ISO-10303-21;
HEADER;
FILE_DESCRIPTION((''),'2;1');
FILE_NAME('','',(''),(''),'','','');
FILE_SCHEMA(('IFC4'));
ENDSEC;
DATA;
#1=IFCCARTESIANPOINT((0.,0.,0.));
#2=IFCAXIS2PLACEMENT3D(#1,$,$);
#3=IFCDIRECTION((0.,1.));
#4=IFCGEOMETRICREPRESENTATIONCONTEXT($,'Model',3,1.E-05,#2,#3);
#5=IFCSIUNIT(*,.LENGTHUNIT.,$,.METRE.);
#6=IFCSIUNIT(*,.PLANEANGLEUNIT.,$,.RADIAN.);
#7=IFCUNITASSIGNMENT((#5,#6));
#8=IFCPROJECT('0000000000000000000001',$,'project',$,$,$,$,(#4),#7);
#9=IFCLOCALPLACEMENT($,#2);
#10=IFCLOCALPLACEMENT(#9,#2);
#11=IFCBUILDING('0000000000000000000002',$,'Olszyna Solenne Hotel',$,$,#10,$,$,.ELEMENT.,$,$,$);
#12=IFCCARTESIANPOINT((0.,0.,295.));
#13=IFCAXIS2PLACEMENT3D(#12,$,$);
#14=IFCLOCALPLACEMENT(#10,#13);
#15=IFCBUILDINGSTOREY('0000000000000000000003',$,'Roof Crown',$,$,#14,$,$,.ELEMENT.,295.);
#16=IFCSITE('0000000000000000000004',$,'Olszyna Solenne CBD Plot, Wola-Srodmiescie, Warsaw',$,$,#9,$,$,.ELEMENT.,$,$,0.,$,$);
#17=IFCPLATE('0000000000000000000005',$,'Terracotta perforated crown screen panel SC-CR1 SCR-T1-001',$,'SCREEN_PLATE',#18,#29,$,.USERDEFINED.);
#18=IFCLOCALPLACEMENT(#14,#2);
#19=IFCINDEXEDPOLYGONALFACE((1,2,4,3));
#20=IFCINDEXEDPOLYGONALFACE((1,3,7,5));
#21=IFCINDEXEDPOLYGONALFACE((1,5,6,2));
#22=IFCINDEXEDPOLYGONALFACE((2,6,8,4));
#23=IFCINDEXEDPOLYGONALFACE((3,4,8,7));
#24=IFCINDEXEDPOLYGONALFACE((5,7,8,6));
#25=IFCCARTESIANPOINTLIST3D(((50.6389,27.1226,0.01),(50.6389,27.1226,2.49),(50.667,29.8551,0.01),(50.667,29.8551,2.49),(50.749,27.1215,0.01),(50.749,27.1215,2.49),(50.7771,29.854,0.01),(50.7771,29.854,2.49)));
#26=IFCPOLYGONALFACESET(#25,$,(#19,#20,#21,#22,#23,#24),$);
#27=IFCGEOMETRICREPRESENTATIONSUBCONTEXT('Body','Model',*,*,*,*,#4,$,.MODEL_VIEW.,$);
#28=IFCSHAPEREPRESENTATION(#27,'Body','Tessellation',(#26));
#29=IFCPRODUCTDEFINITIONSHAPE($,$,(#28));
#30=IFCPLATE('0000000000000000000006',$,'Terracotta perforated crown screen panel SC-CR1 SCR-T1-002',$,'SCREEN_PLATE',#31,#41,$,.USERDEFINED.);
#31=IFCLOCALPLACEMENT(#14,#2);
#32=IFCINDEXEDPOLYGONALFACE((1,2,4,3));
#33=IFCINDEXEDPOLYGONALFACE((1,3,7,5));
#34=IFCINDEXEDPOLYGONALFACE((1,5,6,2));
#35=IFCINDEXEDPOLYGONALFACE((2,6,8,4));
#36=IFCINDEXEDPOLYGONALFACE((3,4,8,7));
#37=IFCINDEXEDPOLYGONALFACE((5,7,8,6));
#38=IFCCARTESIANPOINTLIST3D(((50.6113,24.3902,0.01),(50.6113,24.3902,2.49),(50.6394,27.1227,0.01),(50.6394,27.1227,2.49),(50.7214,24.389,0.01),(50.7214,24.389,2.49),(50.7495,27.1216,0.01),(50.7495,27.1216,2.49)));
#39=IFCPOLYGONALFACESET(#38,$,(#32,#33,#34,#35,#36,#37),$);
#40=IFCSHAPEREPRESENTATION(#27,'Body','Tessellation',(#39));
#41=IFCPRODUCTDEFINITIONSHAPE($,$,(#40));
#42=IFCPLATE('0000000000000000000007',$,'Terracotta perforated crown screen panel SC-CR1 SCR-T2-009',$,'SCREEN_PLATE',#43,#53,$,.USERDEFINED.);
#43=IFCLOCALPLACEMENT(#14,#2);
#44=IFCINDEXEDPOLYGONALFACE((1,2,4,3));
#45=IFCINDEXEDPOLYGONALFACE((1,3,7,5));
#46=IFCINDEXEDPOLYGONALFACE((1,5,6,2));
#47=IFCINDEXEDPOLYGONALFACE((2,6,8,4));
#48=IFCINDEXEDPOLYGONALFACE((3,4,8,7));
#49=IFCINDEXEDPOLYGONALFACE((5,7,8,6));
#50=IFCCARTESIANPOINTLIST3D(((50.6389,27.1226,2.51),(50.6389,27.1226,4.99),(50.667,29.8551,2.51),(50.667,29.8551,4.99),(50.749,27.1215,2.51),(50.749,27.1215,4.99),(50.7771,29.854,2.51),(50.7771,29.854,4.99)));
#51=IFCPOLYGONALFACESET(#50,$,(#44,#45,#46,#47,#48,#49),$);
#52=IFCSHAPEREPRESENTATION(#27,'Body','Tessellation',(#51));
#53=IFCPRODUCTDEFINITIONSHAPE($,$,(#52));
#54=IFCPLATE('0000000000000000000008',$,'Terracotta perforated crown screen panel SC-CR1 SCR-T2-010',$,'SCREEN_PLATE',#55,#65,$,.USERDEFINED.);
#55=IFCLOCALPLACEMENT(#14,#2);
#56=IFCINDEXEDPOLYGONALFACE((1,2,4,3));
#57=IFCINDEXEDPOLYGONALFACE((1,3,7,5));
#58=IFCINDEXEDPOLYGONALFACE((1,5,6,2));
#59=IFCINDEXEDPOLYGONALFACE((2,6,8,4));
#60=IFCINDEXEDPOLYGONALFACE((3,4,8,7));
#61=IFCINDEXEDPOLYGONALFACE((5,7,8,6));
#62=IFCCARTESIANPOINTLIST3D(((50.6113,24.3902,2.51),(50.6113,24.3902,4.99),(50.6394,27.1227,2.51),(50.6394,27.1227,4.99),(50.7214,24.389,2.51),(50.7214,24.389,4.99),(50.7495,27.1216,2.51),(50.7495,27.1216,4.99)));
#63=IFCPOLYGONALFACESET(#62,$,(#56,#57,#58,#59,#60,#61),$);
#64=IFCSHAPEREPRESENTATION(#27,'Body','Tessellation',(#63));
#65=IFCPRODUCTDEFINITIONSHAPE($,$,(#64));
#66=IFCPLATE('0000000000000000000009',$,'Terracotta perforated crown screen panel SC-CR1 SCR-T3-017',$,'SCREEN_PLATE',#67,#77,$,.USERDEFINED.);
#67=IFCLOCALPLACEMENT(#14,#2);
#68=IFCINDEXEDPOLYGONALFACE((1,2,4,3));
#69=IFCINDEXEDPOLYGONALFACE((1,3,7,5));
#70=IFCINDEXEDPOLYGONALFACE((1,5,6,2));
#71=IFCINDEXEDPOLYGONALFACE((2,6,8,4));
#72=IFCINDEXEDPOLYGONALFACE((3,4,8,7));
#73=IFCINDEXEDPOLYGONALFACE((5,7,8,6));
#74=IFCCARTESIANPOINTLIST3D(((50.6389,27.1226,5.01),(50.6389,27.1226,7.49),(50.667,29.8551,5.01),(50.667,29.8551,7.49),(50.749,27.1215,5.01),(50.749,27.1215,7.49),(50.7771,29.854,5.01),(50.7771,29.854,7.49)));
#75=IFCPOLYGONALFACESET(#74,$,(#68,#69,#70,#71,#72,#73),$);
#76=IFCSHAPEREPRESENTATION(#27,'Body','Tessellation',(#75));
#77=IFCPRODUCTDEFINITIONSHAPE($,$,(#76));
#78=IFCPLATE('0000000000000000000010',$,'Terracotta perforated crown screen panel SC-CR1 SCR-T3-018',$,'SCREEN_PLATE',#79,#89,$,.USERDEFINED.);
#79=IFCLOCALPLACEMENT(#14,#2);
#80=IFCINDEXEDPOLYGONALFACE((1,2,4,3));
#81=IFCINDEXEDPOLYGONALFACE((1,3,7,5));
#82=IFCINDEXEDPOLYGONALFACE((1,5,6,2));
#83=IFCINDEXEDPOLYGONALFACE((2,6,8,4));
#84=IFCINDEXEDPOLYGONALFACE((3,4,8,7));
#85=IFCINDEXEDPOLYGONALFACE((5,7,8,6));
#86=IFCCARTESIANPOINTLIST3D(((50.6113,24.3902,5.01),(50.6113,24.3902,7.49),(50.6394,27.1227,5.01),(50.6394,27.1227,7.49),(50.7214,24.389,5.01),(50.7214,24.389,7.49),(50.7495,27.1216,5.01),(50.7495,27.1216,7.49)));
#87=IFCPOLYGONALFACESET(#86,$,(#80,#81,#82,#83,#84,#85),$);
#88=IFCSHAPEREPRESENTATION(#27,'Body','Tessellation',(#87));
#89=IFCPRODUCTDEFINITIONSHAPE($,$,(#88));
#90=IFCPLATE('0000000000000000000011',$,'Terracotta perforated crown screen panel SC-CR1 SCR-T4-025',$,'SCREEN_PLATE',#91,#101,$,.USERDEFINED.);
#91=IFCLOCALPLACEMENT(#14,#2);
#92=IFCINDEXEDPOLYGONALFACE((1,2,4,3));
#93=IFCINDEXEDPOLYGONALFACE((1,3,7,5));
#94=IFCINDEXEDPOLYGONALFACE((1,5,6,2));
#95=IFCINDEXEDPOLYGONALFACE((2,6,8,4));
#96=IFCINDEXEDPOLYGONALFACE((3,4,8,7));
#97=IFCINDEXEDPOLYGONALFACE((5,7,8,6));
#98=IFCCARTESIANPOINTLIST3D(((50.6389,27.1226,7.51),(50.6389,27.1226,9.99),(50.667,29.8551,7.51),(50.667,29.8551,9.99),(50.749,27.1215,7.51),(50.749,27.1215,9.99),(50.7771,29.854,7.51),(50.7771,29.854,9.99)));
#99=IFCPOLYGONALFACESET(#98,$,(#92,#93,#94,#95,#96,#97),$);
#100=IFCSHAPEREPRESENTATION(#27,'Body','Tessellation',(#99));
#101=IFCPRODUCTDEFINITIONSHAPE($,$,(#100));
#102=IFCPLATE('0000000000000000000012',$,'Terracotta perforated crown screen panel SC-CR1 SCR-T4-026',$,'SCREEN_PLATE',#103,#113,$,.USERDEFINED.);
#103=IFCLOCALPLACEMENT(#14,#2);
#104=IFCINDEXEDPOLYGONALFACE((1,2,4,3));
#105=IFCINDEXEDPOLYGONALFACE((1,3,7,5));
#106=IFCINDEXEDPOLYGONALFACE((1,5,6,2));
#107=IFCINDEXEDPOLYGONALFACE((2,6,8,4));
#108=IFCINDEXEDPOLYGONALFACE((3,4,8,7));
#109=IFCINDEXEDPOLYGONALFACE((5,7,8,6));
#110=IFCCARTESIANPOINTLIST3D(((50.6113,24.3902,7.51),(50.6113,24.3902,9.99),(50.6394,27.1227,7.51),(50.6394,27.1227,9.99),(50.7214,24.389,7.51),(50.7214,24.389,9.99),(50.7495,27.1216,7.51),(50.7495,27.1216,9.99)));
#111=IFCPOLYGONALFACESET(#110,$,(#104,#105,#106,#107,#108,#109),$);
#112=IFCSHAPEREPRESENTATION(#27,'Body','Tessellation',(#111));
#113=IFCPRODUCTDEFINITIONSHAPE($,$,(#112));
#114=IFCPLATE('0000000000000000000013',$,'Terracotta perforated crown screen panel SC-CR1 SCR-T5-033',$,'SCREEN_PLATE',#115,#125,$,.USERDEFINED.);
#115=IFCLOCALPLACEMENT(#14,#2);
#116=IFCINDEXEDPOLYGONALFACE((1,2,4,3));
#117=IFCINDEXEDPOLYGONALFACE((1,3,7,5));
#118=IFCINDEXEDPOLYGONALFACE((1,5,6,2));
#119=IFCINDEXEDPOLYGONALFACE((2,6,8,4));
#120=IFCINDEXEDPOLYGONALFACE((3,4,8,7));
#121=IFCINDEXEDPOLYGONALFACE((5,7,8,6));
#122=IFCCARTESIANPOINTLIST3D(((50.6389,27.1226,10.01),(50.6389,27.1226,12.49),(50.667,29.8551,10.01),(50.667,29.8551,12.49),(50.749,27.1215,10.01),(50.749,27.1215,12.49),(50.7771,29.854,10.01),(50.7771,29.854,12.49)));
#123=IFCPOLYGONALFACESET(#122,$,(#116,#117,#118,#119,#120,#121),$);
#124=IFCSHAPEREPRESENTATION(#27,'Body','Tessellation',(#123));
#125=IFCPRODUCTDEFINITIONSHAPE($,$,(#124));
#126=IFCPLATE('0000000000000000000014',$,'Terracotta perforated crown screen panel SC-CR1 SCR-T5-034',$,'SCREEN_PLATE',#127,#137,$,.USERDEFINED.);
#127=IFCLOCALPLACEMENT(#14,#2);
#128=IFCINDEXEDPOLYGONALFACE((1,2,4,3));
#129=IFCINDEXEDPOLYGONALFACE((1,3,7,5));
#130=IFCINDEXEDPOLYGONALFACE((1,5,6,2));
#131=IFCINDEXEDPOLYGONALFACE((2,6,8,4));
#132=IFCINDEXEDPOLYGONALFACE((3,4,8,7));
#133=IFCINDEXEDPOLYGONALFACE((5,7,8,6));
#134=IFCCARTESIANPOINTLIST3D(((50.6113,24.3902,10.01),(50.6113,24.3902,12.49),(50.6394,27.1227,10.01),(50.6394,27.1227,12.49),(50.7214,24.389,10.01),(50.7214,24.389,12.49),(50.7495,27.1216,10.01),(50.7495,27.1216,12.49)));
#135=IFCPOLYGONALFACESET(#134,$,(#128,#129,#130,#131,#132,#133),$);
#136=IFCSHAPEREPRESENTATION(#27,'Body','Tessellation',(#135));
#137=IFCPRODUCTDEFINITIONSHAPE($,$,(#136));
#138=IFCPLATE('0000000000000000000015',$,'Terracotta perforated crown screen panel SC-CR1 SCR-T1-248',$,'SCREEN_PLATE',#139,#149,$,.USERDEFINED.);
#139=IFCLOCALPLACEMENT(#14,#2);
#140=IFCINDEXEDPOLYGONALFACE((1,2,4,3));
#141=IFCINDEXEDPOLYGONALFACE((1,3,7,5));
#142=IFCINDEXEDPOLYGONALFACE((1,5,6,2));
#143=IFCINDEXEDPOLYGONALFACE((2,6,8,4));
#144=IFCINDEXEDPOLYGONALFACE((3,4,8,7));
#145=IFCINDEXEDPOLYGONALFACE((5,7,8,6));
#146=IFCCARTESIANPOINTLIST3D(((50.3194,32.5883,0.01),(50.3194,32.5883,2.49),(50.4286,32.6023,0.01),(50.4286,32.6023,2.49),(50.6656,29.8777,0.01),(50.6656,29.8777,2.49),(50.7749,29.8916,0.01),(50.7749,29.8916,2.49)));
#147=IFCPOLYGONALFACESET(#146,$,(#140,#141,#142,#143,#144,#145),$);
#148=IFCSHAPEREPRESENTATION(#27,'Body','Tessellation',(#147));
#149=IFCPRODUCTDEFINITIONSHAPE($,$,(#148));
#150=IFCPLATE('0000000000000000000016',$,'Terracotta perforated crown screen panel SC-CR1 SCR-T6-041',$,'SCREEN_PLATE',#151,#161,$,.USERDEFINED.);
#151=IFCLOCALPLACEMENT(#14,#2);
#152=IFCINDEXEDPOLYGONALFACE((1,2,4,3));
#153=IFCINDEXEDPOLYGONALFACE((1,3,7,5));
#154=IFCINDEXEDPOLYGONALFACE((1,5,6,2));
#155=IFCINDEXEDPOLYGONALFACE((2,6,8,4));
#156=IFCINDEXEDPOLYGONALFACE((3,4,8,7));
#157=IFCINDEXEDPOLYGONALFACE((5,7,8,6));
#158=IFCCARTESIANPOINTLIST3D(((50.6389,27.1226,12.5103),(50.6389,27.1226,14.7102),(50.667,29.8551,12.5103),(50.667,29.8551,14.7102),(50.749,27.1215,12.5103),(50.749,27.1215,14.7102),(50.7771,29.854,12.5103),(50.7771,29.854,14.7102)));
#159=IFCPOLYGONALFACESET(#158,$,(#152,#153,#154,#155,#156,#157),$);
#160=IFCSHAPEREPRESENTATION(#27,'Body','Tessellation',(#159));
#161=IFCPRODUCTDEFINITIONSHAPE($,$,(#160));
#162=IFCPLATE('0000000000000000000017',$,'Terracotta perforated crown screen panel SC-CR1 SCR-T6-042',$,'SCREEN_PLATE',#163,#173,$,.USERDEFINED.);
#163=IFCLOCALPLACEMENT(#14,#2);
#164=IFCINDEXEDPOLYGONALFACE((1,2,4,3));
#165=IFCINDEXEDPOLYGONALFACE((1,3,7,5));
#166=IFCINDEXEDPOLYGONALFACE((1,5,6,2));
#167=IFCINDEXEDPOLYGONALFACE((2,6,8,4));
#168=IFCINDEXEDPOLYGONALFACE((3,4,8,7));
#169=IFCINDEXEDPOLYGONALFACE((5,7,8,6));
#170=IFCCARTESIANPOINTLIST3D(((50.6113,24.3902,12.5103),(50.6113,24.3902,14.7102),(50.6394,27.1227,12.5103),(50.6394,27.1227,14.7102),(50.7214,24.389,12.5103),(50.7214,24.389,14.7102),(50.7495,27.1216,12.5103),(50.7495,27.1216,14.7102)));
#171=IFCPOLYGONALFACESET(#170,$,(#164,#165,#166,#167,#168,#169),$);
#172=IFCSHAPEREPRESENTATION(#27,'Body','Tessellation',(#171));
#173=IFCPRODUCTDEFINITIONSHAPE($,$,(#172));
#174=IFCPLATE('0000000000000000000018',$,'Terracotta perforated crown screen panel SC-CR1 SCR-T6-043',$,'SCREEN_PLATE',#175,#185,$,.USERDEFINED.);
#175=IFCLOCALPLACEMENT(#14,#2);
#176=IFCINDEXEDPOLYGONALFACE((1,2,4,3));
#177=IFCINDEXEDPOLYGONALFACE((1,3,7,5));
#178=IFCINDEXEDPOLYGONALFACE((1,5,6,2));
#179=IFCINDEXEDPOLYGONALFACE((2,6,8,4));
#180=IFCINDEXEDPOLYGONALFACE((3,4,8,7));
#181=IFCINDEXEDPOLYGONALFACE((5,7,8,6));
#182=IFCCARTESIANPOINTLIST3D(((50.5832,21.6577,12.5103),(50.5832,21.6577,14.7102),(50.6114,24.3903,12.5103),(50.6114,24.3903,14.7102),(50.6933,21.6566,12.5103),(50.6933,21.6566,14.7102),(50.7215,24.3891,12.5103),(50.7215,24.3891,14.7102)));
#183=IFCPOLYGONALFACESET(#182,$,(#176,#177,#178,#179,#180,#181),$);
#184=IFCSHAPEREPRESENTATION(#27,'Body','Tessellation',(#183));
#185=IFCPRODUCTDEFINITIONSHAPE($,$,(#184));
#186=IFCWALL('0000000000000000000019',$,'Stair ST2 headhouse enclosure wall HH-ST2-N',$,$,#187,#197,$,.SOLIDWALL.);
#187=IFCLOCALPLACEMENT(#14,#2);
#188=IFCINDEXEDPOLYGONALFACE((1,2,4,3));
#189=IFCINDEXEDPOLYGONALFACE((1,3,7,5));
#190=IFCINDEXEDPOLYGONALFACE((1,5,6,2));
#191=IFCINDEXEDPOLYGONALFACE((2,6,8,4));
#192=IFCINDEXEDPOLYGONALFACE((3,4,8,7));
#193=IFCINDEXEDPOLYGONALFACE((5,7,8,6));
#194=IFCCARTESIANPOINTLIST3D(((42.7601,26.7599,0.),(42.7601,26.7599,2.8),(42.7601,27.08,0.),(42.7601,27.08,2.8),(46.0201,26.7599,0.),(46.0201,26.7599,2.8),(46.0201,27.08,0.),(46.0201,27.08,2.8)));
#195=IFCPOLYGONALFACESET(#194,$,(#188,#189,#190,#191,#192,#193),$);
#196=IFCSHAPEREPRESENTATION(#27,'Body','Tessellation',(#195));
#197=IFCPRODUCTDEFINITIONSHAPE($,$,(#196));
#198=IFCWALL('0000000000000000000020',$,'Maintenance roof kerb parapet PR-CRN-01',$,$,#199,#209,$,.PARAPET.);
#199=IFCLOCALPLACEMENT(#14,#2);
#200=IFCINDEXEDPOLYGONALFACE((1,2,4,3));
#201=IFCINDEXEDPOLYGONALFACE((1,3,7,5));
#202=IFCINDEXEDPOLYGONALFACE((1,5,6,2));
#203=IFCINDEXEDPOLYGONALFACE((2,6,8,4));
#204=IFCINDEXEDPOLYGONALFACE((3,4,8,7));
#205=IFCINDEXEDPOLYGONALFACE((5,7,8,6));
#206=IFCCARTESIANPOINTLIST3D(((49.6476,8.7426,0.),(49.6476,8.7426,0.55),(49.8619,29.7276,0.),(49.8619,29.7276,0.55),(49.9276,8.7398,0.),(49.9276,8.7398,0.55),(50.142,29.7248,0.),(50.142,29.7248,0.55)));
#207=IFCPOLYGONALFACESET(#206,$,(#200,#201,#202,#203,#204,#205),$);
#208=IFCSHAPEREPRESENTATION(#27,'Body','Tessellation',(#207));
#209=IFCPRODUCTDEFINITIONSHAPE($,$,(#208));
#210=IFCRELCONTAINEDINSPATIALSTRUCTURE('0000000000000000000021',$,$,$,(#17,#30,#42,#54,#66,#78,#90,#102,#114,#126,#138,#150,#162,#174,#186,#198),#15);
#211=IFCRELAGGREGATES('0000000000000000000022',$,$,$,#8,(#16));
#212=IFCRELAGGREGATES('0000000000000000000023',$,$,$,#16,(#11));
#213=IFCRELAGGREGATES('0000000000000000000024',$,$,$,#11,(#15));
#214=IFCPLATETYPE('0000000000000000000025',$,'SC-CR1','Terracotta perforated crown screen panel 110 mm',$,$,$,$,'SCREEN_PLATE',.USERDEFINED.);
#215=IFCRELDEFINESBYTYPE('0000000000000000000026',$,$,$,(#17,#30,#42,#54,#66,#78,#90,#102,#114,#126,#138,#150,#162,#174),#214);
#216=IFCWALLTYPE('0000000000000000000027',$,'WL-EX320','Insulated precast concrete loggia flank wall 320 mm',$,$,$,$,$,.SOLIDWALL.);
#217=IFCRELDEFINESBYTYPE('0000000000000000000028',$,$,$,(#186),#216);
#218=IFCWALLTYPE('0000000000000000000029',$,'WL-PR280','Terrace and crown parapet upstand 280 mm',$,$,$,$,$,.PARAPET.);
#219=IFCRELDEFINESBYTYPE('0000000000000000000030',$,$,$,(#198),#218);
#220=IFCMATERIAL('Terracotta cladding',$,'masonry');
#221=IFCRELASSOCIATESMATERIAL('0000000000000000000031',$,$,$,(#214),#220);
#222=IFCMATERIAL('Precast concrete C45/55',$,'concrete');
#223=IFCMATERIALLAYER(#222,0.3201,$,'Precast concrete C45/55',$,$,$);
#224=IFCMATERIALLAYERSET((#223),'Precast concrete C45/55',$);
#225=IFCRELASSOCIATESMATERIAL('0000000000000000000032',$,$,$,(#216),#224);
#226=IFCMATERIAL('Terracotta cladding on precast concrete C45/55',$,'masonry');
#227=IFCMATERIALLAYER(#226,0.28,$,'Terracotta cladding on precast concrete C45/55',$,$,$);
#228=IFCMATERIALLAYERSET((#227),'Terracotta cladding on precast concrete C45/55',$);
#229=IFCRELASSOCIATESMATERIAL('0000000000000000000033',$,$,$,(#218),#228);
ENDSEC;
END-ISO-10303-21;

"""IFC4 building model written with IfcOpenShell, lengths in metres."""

from ifc_helpers import new_model, si_unit, direction, frame, frame_2d, origin, origin_2d, place, context, subcontext, project, spatial, rectangle, extrude, source, transform, mapped, material, layer, layer_set, type_object, element, save


model = new_model("IFC4")

# Units and contexts
model_context = context("Model", 3, precision=1e-05, world=origin(), true_north=direction((0.0, 1.0)))
body_context = subcontext(model_context, "Body", "Model", "MODEL_VIEW")
ifc_project = project(units=[si_unit("LENGTHUNIT", "METRE"), si_unit("PLANEANGLEUNIT", "RADIAN")], contexts=[model_context])

# Site, building, storey
site_placement = place(None, origin())
site = spatial("IfcSite", under=ifc_project, at=site_placement, Name="Olszyna Solenne CBD Plot, Wola-Srodmiescie, Warsaw", CompositionType="ELEMENT", RefElevation=0.0)
building_placement = place(site_placement, origin())
building = spatial("IfcBuilding", under=site, at=building_placement, Name="Olszyna Solenne Hotel", CompositionType="ELEMENT")
storey_placement = place(building_placement, frame((0.0, 0.0, 295.0)))
storey = spatial("IfcBuildingStorey", under=building, at=storey_placement, Name="Roof Crown", CompositionType="ELEMENT", Elevation=295.0)

# Plates
ifc_material_1 = material(Name="Terracotta cladding", Category="masonry")
plate_type_1 = type_object("IfcPlateType", Name="SC-CR1", Description="Terracotta perforated crown screen panel 110 mm", ElementType="SCREEN_PLATE", PredefinedType="USERDEFINED", material=ifc_material_1)
shared_shape_1 = source(origin(), body_context, "Body", "SweptSolid", [
    extrude(rectangle(XDim=2.7327, YDim=0.1101, at=origin_2d()), origin(), (0.0, 0.0, 1.0), 2.48),
])
for number, where, z_axis, x_axis, name in (
    (1, (50.708, 28.4883, 0.01), (0.0, 0.0, 1.0), (-0.010297, -0.999947, 0.0), "Terracotta perforated crown screen panel SC-CR1 SCR-T1-001"),
    (2, (50.6804, 25.7559, 0.01), (0.0, 0.0, 1.0), (-0.010297, -0.999947, 0.0), "Terracotta perforated crown screen panel SC-CR1 SCR-T1-002"),
    (3, (50.708, 28.4883, 2.51), (0.0, 0.0, 1.0), (-0.010297, -0.999947, 0.0), "Terracotta perforated crown screen panel SC-CR1 SCR-T2-009"),
    (4, (50.6804, 25.7559, 2.51), (0.0, 0.0, 1.0), (-0.010297, -0.999947, 0.0), "Terracotta perforated crown screen panel SC-CR1 SCR-T2-010"),
    (5, (50.708, 28.4883, 5.01), (0.0, 0.0, 1.0), (-0.010297, -0.999947, 0.0), "Terracotta perforated crown screen panel SC-CR1 SCR-T3-017"),
    (6, (50.6804, 25.7559, 5.01), (0.0, 0.0, 1.0), (-0.010297, -0.999947, 0.0), "Terracotta perforated crown screen panel SC-CR1 SCR-T3-018"),
    (7, (50.708, 28.4883, 7.51), (0.0, 0.0, 1.0), (-0.010297, -0.999947, 0.0), "Terracotta perforated crown screen panel SC-CR1 SCR-T4-025"),
    (8, (50.6804, 25.7559, 7.51), (0.0, 0.0, 1.0), (-0.010297, -0.999947, 0.0), "Terracotta perforated crown screen panel SC-CR1 SCR-T4-026"),
    (9, (50.708, 28.4883, 10.01), (0.0, 0.0, 1.0), (-0.010297, -0.999947, 0.0), "Terracotta perforated crown screen panel SC-CR1 SCR-T5-033"),
    (10, (50.6804, 25.7559, 10.01), (0.0, 0.0, 1.0), (-0.010297, -0.999947, 0.0), "Terracotta perforated crown screen panel SC-CR1 SCR-T5-034"),
    (11, (50.5471, 31.24, 0.01), (0.0, 0.0, 1.0), (0.126718, -0.991939, 0.0), "Terracotta perforated crown screen panel SC-CR1 SCR-T1-248"),
):
    element("IfcPlate", number, at=place(storey_placement, frame(where, z_axis=z_axis, x_axis=x_axis)), inside=storey, type_object=plate_type_1, Name=name, ObjectType="SCREEN_PLATE", PredefinedType="USERDEFINED", context=body_context, shape_type="MappedRepresentation", body=[
        mapped(shared_shape_1, transform((0.0, 0.0, 0.0), x_axis=(1.0, 0.0, 0.0), y_axis=(0.0, 1.0, 0.0), z_axis=(0.0, 0.0, 1.0), scale=1.0)),
    ])
shared_shape_2 = source(origin(), body_context, "Body", "SweptSolid", [
    extrude(rectangle(XDim=2.7327, YDim=0.1101, at=origin_2d()), origin(), (0.0, 0.0, 1.0), 2.2),
])
for number, where, z_axis, x_axis, name in (
    (12, (50.708, 28.4883, 12.5103), (0.0, 0.0, 1.0), (-0.010297, -0.999947, 0.0), "Terracotta perforated crown screen panel SC-CR1 SCR-T6-041"),
    (13, (50.6804, 25.7559, 12.5103), (0.0, 0.0, 1.0), (-0.010297, -0.999947, 0.0), "Terracotta perforated crown screen panel SC-CR1 SCR-T6-042"),
    (14, (50.6523, 23.0234, 12.5103), (0.0, 0.0, 1.0), (-0.010297, -0.999947, 0.0), "Terracotta perforated crown screen panel SC-CR1 SCR-T6-043"),
):
    element("IfcPlate", number, at=place(storey_placement, frame(where, z_axis=z_axis, x_axis=x_axis)), inside=storey, type_object=plate_type_1, Name=name, ObjectType="SCREEN_PLATE", PredefinedType="USERDEFINED", context=body_context, shape_type="MappedRepresentation", body=[
        mapped(shared_shape_2, transform((0.0, 0.0, 0.0), x_axis=(1.0, 0.0, 0.0), y_axis=(0.0, 1.0, 0.0), z_axis=(0.0, 0.0, 1.0), scale=1.0)),
    ])

# Walls
ifc_material_2 = material(Name="Precast concrete C45/55", Category="concrete")
ifc_layer_1 = layer(ifc_material_2, 0.3201, Name="Precast concrete C45/55")
ifc_layer_set_1 = layer_set([ifc_layer_1], Name="Precast concrete C45/55")
wall_type_1 = type_object("IfcWallType", Name="WL-EX320", Description="Insulated precast concrete loggia flank wall 320 mm", PredefinedType="SOLIDWALL", material=ifc_layer_set_1)
wall_1_placement = place(storey_placement, frame((46.02, 26.9199, 0.0), z_axis=(0.0, 0.0, 1.0), x_axis=(-1.0, 0.0, 0.0)))
element("IfcWall", 15, at=wall_1_placement, inside=storey, type_object=wall_type_1, Name="Stair ST2 headhouse enclosure wall HH-ST2-N", PredefinedType="SOLIDWALL", context=body_context, shape_type="SweptSolid", body=[
    extrude(rectangle(XDim=3.26, YDim=0.3201, at=frame_2d((1.6299, 0.0))), origin(), (0.0, 0.0, 1.0), 2.8),
])
ifc_material_3 = material(Name="Terracotta cladding on precast concrete C45/55", Category="masonry")
ifc_layer_2 = layer(ifc_material_3, 0.28, Name="Terracotta cladding on precast concrete C45/55")
ifc_layer_set_2 = layer_set([ifc_layer_2], Name="Terracotta cladding on precast concrete C45/55")
wall_type_2 = type_object("IfcWallType", Name="WL-PR280", Description="Terrace and crown parapet upstand 280 mm", PredefinedType="PARAPET", material=ifc_layer_set_2)
wall_2_placement = place(storey_placement, frame((50.002, 29.7263, 0.0), z_axis=(0.0, 0.0, 1.0), x_axis=(-0.010214, -0.999948, 0.0)))
element("IfcWall", 16, at=wall_2_placement, inside=storey, type_object=wall_type_2, Name="Maintenance roof kerb parapet PR-CRN-01", PredefinedType="PARAPET", context=body_context, shape_type="SweptSolid", body=[
    extrude(rectangle(XDim=20.9861, YDim=0.28, at=frame_2d((10.4932, 0.0))), origin(), (0.0, 0.0, 1.0), 0.55),
])

save(model, "model.ifc")
